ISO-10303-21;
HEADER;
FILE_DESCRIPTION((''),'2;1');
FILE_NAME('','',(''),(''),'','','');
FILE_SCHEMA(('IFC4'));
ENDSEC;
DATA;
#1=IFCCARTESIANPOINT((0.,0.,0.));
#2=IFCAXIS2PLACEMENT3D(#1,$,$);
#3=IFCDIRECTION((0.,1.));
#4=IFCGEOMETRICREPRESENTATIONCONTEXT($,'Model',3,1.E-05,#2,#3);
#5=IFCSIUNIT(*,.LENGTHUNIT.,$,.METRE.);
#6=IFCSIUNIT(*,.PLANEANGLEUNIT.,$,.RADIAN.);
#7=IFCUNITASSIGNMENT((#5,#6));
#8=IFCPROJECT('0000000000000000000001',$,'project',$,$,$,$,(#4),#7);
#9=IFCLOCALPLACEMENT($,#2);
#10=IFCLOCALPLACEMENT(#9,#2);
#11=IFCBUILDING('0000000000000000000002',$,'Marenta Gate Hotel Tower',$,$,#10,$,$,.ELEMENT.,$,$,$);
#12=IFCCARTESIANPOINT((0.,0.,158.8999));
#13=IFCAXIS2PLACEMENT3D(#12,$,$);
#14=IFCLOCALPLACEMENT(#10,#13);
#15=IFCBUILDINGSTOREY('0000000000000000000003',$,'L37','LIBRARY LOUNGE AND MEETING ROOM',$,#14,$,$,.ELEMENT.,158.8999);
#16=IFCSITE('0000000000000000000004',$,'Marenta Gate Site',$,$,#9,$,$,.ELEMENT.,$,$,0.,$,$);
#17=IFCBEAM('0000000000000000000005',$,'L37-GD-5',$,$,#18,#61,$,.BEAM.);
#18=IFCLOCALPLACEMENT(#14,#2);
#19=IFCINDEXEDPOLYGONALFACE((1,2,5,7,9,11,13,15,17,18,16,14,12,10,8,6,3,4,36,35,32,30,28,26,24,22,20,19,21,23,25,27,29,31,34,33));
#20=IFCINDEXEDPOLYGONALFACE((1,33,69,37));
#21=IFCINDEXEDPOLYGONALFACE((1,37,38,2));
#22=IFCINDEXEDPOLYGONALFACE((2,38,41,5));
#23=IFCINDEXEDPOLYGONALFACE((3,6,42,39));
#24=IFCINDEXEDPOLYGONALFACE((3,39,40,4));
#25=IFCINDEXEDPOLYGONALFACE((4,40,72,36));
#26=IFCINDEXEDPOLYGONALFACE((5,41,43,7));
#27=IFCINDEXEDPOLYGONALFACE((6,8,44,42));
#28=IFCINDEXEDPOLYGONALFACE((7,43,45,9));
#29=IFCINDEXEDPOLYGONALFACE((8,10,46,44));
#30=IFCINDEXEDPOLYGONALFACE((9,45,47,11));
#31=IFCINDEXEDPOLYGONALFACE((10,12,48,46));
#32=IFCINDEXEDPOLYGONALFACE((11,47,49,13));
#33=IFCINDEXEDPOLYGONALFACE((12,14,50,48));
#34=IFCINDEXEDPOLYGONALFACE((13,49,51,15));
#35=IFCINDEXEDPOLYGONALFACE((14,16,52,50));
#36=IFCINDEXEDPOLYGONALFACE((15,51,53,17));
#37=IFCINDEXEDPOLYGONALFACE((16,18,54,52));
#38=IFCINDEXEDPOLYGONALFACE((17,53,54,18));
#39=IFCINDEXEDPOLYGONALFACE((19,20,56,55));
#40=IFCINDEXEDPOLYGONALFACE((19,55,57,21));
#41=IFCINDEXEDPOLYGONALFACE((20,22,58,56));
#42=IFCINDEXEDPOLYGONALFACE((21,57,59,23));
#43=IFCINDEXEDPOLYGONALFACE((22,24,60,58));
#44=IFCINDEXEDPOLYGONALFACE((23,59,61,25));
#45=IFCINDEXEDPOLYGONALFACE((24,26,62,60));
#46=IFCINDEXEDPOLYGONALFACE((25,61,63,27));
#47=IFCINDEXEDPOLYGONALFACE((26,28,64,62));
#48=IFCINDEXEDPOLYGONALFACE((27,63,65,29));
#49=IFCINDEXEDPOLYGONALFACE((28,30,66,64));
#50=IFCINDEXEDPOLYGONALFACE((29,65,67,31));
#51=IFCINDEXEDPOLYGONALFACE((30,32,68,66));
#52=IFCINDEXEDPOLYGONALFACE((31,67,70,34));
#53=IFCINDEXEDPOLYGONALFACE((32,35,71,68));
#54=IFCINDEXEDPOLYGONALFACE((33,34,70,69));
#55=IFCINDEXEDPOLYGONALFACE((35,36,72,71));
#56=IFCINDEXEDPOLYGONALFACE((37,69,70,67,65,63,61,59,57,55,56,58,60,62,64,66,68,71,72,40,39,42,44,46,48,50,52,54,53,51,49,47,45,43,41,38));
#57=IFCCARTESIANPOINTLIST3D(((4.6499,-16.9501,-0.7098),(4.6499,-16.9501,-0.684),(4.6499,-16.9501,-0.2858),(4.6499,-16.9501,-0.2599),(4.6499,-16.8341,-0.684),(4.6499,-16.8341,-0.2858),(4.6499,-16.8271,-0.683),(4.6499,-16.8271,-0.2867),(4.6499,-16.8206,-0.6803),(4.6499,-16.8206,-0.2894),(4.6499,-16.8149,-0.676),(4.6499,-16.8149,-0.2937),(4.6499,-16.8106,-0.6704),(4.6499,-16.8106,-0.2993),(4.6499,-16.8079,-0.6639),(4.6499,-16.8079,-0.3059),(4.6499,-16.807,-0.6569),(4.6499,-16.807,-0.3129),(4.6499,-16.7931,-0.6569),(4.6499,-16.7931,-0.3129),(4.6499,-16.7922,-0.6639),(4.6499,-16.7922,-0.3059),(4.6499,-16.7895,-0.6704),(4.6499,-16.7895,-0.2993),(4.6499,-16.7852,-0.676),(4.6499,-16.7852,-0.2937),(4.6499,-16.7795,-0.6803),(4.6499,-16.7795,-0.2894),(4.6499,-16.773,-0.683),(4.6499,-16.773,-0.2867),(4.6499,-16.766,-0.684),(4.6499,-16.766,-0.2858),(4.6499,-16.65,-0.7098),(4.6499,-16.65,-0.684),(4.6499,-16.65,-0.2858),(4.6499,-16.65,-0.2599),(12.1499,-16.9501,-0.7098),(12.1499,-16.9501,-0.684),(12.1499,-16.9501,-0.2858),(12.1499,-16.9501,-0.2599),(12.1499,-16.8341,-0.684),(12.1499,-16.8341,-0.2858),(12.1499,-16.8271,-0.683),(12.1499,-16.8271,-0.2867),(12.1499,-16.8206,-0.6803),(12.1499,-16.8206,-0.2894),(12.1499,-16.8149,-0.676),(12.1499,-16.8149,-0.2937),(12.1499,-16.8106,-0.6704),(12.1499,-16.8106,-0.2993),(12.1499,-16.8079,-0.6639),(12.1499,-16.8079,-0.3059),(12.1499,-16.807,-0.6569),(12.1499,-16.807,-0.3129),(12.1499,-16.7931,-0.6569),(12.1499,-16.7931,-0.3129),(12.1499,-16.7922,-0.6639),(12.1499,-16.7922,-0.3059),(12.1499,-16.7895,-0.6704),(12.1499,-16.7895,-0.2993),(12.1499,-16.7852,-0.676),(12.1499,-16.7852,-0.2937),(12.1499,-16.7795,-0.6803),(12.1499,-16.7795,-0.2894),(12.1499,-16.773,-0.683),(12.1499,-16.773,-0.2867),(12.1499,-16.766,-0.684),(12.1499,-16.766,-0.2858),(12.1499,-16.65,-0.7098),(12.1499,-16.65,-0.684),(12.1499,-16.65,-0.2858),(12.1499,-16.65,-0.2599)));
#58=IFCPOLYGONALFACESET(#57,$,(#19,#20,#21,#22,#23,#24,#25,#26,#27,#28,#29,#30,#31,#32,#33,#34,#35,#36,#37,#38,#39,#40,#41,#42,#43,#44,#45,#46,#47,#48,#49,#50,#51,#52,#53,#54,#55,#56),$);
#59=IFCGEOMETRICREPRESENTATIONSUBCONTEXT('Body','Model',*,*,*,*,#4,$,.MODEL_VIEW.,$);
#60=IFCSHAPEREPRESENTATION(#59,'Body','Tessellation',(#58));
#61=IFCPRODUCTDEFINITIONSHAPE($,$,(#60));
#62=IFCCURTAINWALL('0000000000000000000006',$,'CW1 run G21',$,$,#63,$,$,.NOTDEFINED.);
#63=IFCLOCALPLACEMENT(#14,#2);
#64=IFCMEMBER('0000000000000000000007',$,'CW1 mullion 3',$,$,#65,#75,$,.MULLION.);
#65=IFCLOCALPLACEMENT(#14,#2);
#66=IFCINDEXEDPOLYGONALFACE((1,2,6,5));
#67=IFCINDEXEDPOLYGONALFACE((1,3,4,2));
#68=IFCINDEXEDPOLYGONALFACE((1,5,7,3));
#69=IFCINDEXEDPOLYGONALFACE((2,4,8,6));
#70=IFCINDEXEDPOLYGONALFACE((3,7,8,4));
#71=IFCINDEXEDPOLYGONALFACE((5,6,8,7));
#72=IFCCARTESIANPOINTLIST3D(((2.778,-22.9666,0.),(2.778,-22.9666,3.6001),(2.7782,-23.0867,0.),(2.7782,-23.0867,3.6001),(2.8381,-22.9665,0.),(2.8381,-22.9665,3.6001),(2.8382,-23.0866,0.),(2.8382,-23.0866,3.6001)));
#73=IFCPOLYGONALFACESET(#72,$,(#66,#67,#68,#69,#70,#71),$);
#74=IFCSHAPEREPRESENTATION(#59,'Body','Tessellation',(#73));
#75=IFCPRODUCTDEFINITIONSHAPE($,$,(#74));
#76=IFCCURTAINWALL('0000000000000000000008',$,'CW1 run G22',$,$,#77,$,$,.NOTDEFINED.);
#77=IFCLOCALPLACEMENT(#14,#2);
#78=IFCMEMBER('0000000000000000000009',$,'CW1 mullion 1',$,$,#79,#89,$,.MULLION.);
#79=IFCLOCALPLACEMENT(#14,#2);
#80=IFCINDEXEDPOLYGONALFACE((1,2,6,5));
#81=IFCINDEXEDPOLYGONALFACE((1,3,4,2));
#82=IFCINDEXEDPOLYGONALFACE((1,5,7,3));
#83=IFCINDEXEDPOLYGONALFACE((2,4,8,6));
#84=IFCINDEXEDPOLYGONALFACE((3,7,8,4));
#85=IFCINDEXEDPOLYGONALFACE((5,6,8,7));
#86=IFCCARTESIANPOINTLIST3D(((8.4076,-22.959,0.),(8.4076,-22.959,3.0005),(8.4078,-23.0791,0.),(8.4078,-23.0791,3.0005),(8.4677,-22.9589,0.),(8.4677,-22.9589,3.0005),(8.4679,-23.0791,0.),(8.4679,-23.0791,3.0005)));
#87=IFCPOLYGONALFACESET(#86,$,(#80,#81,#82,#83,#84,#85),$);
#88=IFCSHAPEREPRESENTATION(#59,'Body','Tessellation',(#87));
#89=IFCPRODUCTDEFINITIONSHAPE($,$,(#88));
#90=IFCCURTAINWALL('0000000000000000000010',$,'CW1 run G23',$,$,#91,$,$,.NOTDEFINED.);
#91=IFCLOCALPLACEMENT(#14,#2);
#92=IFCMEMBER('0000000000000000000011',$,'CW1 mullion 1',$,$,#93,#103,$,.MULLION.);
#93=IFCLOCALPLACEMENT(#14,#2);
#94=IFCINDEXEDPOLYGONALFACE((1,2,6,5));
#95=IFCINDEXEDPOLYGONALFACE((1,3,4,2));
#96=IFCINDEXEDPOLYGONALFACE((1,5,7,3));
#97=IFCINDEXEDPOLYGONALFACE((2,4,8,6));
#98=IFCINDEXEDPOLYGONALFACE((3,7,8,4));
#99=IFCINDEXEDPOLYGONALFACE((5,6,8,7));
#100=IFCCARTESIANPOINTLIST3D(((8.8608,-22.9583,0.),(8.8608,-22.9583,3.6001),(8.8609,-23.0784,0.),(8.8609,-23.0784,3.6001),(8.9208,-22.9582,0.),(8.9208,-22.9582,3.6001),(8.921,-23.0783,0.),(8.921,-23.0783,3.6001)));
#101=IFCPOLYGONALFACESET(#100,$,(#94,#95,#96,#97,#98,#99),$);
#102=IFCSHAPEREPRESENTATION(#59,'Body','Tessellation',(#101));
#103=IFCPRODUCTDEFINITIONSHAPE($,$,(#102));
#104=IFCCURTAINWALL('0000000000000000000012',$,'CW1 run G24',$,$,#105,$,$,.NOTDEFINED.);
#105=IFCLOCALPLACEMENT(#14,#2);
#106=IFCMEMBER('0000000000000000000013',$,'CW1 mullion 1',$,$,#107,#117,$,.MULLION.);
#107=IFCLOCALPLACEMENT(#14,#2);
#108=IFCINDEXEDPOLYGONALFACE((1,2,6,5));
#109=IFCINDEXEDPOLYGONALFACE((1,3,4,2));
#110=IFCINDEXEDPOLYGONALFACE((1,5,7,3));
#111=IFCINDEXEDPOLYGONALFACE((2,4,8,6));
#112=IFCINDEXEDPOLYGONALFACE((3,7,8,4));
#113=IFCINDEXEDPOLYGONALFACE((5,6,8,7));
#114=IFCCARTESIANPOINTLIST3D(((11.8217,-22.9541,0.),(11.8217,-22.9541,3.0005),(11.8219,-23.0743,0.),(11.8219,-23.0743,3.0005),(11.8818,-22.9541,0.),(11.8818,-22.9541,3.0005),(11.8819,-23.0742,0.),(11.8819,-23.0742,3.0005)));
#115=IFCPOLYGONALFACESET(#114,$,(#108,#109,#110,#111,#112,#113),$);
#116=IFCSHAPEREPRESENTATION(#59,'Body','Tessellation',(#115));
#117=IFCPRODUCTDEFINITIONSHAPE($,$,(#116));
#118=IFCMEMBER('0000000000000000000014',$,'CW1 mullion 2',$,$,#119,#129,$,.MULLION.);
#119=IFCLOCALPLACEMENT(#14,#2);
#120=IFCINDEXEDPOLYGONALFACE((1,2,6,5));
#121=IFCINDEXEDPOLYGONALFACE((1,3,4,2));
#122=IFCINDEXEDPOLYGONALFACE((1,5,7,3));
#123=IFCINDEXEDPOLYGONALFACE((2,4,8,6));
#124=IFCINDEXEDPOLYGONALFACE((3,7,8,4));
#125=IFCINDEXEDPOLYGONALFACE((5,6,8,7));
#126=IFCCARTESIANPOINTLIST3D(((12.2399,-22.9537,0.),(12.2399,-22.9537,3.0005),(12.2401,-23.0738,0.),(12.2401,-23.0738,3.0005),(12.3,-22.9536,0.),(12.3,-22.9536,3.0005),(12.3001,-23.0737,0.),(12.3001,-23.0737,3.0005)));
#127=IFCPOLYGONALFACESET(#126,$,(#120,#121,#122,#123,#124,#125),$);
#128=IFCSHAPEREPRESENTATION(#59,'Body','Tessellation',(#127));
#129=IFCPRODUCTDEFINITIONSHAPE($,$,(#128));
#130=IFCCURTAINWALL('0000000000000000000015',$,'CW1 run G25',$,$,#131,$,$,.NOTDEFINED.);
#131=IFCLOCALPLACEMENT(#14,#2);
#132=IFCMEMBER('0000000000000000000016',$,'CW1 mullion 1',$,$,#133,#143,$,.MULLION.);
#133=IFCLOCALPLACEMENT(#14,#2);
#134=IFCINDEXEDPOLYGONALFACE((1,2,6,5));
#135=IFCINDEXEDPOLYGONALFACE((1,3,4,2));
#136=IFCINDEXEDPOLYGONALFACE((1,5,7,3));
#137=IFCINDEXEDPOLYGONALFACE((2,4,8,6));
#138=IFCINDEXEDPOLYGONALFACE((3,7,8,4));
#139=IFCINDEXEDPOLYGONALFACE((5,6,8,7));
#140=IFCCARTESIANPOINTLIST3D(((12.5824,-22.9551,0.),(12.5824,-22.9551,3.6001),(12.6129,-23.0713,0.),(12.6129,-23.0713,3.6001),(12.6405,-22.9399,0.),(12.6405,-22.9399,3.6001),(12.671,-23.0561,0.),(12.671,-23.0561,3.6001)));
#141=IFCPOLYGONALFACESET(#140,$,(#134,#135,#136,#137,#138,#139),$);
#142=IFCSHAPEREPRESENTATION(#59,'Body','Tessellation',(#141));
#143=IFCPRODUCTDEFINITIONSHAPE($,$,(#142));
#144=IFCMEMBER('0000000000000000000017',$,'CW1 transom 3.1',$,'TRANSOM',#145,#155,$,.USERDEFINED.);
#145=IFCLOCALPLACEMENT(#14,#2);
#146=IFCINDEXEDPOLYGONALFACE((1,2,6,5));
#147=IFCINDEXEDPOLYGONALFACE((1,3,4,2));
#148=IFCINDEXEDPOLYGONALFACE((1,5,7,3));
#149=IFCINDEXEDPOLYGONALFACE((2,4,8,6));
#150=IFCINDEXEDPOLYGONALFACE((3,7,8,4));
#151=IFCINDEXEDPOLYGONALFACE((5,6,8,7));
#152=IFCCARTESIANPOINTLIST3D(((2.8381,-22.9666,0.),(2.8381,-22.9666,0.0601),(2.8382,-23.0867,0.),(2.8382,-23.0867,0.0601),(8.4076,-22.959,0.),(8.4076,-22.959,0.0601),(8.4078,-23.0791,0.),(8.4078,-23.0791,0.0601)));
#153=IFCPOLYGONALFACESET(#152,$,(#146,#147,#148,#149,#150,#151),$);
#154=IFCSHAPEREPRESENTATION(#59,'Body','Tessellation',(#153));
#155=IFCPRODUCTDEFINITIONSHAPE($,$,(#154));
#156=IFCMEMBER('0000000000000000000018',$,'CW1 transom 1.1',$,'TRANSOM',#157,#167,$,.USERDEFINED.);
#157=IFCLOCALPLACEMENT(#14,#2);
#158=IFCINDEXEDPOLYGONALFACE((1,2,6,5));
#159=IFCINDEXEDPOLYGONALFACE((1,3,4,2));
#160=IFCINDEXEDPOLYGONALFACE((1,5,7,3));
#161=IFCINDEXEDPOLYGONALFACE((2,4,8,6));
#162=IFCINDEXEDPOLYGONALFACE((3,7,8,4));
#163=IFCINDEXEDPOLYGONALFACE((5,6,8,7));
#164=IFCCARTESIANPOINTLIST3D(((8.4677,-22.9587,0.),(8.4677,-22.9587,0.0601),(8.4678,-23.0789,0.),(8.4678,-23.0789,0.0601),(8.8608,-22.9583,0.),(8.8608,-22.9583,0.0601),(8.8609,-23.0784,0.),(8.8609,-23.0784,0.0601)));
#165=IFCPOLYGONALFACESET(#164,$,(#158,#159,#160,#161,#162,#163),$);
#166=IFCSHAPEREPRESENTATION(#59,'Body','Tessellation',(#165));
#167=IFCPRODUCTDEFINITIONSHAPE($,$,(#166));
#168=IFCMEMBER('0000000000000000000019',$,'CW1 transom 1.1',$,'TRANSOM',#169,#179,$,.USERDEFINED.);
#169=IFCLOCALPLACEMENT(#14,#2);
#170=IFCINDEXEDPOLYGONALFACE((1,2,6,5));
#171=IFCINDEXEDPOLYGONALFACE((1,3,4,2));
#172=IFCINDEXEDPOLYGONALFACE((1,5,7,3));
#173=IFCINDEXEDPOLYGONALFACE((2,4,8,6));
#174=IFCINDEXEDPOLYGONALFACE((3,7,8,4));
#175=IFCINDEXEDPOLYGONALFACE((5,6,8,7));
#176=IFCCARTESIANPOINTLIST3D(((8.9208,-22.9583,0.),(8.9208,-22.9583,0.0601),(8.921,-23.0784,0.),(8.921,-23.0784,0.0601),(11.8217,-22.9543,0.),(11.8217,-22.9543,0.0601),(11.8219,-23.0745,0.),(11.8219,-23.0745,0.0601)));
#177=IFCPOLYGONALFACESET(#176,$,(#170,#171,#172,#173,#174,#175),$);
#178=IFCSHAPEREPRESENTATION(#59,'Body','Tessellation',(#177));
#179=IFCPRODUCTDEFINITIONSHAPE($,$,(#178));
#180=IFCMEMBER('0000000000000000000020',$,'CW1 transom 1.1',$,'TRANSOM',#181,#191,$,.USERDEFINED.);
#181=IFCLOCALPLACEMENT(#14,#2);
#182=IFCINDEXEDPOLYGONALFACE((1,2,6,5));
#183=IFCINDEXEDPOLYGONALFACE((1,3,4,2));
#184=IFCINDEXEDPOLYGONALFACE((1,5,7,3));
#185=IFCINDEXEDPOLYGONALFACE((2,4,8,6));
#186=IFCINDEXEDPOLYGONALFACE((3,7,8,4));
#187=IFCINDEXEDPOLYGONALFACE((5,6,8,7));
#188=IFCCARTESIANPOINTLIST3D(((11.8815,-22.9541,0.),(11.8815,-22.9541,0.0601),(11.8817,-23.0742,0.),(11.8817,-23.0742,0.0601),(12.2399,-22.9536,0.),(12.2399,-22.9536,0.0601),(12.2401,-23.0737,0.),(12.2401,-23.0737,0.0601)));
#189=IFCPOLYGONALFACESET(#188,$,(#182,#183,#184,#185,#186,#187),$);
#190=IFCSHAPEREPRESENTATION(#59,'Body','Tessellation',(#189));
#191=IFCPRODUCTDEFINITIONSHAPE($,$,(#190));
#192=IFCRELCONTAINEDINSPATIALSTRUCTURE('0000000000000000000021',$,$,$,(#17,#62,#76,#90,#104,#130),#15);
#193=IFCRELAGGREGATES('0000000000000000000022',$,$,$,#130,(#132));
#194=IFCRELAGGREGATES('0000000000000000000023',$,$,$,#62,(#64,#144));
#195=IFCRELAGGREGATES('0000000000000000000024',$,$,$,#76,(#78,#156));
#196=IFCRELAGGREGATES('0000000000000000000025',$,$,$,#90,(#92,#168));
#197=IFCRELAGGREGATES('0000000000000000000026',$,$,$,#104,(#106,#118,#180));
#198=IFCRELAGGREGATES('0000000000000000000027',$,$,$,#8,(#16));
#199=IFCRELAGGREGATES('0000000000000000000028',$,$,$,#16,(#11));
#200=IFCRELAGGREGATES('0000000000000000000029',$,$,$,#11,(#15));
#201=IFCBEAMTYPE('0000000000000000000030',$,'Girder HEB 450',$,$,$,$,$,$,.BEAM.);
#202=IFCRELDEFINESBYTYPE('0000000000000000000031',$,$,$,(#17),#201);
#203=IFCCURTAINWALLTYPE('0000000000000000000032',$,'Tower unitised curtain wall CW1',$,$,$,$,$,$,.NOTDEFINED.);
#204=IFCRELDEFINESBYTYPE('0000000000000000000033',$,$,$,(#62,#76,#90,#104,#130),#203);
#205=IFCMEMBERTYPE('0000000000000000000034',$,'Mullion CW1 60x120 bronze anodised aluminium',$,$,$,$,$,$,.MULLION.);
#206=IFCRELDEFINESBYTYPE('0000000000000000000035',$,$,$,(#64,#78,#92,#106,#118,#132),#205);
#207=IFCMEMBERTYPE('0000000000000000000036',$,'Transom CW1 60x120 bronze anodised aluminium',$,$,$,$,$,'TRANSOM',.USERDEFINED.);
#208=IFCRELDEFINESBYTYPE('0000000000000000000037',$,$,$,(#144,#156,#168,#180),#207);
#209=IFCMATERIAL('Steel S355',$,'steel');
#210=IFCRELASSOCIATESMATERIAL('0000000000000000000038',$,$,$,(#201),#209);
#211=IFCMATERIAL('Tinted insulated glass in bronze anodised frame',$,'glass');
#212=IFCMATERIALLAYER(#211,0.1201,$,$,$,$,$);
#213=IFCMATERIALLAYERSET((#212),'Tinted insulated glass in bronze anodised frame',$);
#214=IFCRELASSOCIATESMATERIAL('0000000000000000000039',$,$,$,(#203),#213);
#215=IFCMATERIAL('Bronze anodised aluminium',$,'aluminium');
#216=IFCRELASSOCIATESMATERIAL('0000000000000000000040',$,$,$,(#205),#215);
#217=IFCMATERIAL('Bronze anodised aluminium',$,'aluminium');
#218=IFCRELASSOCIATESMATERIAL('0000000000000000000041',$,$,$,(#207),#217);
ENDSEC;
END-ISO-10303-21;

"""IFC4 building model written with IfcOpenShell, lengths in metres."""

from ifc_helpers import new_model, si_unit, direction, frame, origin, origin_2d, place, context, subcontext, project, spatial, rectangle, i_section, extrude, material, layer, layer_set, material_profile, profile_set, type_object, element, aggregate, save


model = new_model("IFC4")

# Units and contexts
model_context = context("Model", 3, precision=1e-05, world=origin(), true_north=direction((0.0, 1.0)))
body_context = subcontext(model_context, "Body", "Model", "MODEL_VIEW")
ifc_project = project(units=[si_unit("LENGTHUNIT", "METRE"), si_unit("PLANEANGLEUNIT", "RADIAN")], contexts=[model_context])

# Site, building, storey
site_placement = place(None, origin())
site = spatial("IfcSite", under=ifc_project, at=site_placement, Name="Marenta Gate Site", CompositionType="ELEMENT", RefElevation=0.0)
building_placement = place(site_placement, origin())
building = spatial("IfcBuilding", under=site, at=building_placement, Name="Marenta Gate Hotel Tower", CompositionType="ELEMENT")
storey_placement = place(building_placement, frame((0.0, 0.0, 158.8999)))
storey = spatial("IfcBuildingStorey", under=building, at=storey_placement, Name="L37", Description="LIBRARY LOUNGE AND MEETING ROOM", CompositionType="ELEMENT", Elevation=158.8999)

# Beam
ifc_material_1 = material(Name="Steel S355", Category="steel")
ifc_material_profile_1 = material_profile(ifc_material_1, i_section(OverallWidth=0.3, OverallDepth=0.45, WebThickness=0.0139, FlangeThickness=0.0259, FilletRadius=0.0271, at=origin_2d()), Name="HEB 450")
ifc_profile_set_1 = profile_set([ifc_material_profile_1], Name="Steel S355")
beam_type_1 = type_object("IfcBeamType", Name="Girder HEB 450", PredefinedType="BEAM", material=ifc_profile_set_1)
beam_1_placement = place(storey_placement, frame((4.6499, -16.8, -0.4849), z_axis=(1.0, 0.0, 0.0), x_axis=(0.0, 1.0, 0.0)))
element("IfcBeam", 1, at=beam_1_placement, inside=storey, type_object=beam_type_1, Name="L37-GD-5", PredefinedType="BEAM", context=body_context, shape_type="SweptSolid", body=[
    extrude(i_section(OverallWidth=0.3, OverallDepth=0.45, WebThickness=0.0139, FlangeThickness=0.0259, FilletRadius=0.0271, at=origin_2d()), origin(), (0.0, 0.0, 1.0), 7.5),
])

# Curtain walls, members
ifc_material_2 = material(Name="Tinted insulated glass in bronze anodised frame", Category="glass")
ifc_layer_1 = layer(ifc_material_2, 0.1201)
ifc_layer_set_1 = layer_set([ifc_layer_1], Name="Tinted insulated glass in bronze anodised frame")
curtain_wall_type = type_object("IfcCurtainWallType", Name="Tower unitised curtain wall CW1", PredefinedType="NOTDEFINED", material=ifc_layer_set_1)
curtain_wall_1_placement = place(storey_placement, origin())
curtain_wall_1 = element("IfcCurtainWall", 2, at=curtain_wall_1_placement, inside=storey, type_object=curtain_wall_type, Name="CW1 run G21", PredefinedType="NOTDEFINED")
ifc_material_3 = material(Name="Bronze anodised aluminium", Category="aluminium")
ifc_material_profile_2 = material_profile(ifc_material_3, rectangle(XDim=0.1201, YDim=0.0601, at=origin_2d()), Name="Mullion CW1 60x120 bronze anodised aluminium")
ifc_profile_set_2 = profile_set([ifc_material_profile_2], Name="Bronze anodised aluminium")
member_type_1 = type_object("IfcMemberType", Name="Mullion CW1 60x120 bronze anodised aluminium", PredefinedType="MULLION", material=ifc_profile_set_2)
member_1_placement = place(storey_placement, frame((2.8081, -23.0266, 0.0), z_axis=(0.0, 0.0, 1.0), x_axis=(-0.001363, 0.999999, 0.0)))
member_1 = element("IfcMember", 3, at=member_1_placement, type_object=member_type_1, Name="CW1 mullion 3", PredefinedType="MULLION", context=body_context, shape_type="SweptSolid", body=[
    extrude(rectangle(XDim=0.1201, YDim=0.0601, at=origin_2d()), origin(), (0.0, 0.0, 1.0), 3.6001),
])
curtain_wall_2_placement = place(storey_placement, origin())
curtain_wall_2 = element("IfcCurtainWall", 4, at=curtain_wall_2_placement, inside=storey, type_object=curtain_wall_type, Name="CW1 run G22", PredefinedType="NOTDEFINED")
member_2_placement = place(storey_placement, frame((8.4377, -23.019, 0.0), z_axis=(0.0, 0.0, 1.0), x_axis=(-0.001325, 0.999999, 0.0)))
member_2 = element("IfcMember", 5, at=member_2_placement, type_object=member_type_1, Name="CW1 mullion 1", PredefinedType="MULLION", context=body_context, shape_type="SweptSolid", body=[
    extrude(rectangle(XDim=0.1201, YDim=0.0601, at=origin_2d()), origin(), (0.0, 0.0, 1.0), 3.0005),
])
curtain_wall_3_placement = place(storey_placement, origin())
curtain_wall_3 = element("IfcCurtainWall", 6, at=curtain_wall_3_placement, inside=storey, type_object=curtain_wall_type, Name="CW1 run G23", PredefinedType="NOTDEFINED")
member_3_placement = place(storey_placement, frame((8.8909, -23.0183, 0.0), z_axis=(0.0, 0.0, 1.0), x_axis=(-0.001385, 0.999999, 0.0)))
member_3 = element("IfcMember", 7, at=member_3_placement, type_object=member_type_1, Name="CW1 mullion 1", PredefinedType="MULLION", context=body_context, shape_type="SweptSolid", body=[
    extrude(rectangle(XDim=0.1201, YDim=0.0601, at=origin_2d()), origin(), (0.0, 0.0, 1.0), 3.6001),
])

# Curtain wall, members
curtain_wall_4_placement = place(storey_placement, origin())
curtain_wall_4 = element("IfcCurtainWall", 8, at=curtain_wall_4_placement, inside=storey, type_object=curtain_wall_type, Name="CW1 run G24", PredefinedType="NOTDEFINED")
member_4_placement = place(storey_placement, frame((11.8518, -23.0142, 0.0), z_axis=(0.0, 0.0, 1.0), x_axis=(-0.001255, 0.999999, 0.0)))
member_4 = element("IfcMember", 9, at=member_4_placement, type_object=member_type_1, Name="CW1 mullion 1", PredefinedType="MULLION", context=body_context, shape_type="SweptSolid", body=[
    extrude(rectangle(XDim=0.1201, YDim=0.0601, at=origin_2d()), origin(), (0.0, 0.0, 1.0), 3.0005),
])
member_5_placement = place(storey_placement, frame((12.27, -23.0137, 0.0), z_axis=(0.0, 0.0, 1.0), x_axis=(-0.001255, 0.999999, 0.0)))
member_5 = element("IfcMember", 10, at=member_5_placement, type_object=member_type_1, Name="CW1 mullion 2", PredefinedType="MULLION", context=body_context, shape_type="SweptSolid", body=[
    extrude(rectangle(XDim=0.1201, YDim=0.0601, at=origin_2d()), origin(), (0.0, 0.0, 1.0), 3.0005),
])

# Curtain wall, member
curtain_wall_5_placement = place(storey_placement, origin())
curtain_wall_5 = element("IfcCurtainWall", 11, at=curtain_wall_5_placement, inside=storey, type_object=curtain_wall_type, Name="CW1 run G25", PredefinedType="NOTDEFINED")
member_6_placement = place(storey_placement, frame((12.6267, -23.0056, 0.0), z_axis=(0.0, 0.0, 1.0), x_axis=(-0.253374, 0.967368, 0.0)))
member_6 = element("IfcMember", 12, at=member_6_placement, type_object=member_type_1, Name="CW1 mullion 1", PredefinedType="MULLION", context=body_context, shape_type="SweptSolid", body=[
    extrude(rectangle(XDim=0.1201, YDim=0.0601, at=origin_2d()), origin(), (0.0, 0.0, 1.0), 3.6001),
])

# Members
ifc_material_4 = material(Name="Bronze anodised aluminium", Category="aluminium")
ifc_material_profile_3 = material_profile(ifc_material_4, rectangle(XDim=0.1201, YDim=0.0601, at=origin_2d()), Name="Transom CW1 60x120 bronze anodised aluminium")
ifc_profile_set_3 = profile_set([ifc_material_profile_3], Name="Bronze anodised aluminium")
member_type_2 = type_object("IfcMemberType", Name="Transom CW1 60x120 bronze anodised aluminium", ElementType="TRANSOM", PredefinedType="USERDEFINED", material=ifc_profile_set_3)
member_7_placement = place(storey_placement, frame((2.8381, -23.0266, 0.03), z_axis=(0.999999, 0.001359, 0.0), x_axis=(-0.001359, 0.999999, 0.0)))
member_7 = element("IfcMember", 13, at=member_7_placement, type_object=member_type_2, Name="CW1 transom 3.1", ObjectType="TRANSOM", PredefinedType="USERDEFINED", context=body_context, shape_type="SweptSolid", body=[
    extrude(rectangle(XDim=0.1201, YDim=0.0601, at=origin_2d()), origin(), (0.0, 0.0, 1.0), 5.5696),
])
member_8_placement = place(storey_placement, frame((8.4678, -23.0188, 0.03), z_axis=(0.999999, 0.001242, 0.0), x_axis=(-0.001242, 0.999999, 0.0)))
member_8 = element("IfcMember", 14, at=member_8_placement, type_object=member_type_2, Name="CW1 transom 1.1", ObjectType="TRANSOM", PredefinedType="USERDEFINED", context=body_context, shape_type="SweptSolid", body=[
    extrude(rectangle(XDim=0.1201, YDim=0.0601, at=origin_2d()), origin(), (0.0, 0.0, 1.0), 0.3931),
])
member_9_placement = place(storey_placement, frame((8.9209, -23.0183, 0.03), z_axis=(0.999999, 0.001347, 0.0), x_axis=(-0.001347, 0.999999, 0.0)))
member_9 = element("IfcMember", 15, at=member_9_placement, type_object=member_type_2, Name="CW1 transom 1.1", ObjectType="TRANSOM", PredefinedType="USERDEFINED", context=body_context, shape_type="SweptSolid", body=[
    extrude(rectangle(XDim=0.1201, YDim=0.0601, at=origin_2d()), origin(), (0.0, 0.0, 1.0), 2.9009),
])
member_10_placement = place(storey_placement, frame((11.8816, -23.0142, 0.03), z_axis=(0.999999, 0.001362, 0.0), x_axis=(-0.001362, 0.999999, 0.0)))
member_10 = element("IfcMember", 16, at=member_10_placement, type_object=member_type_2, Name="CW1 transom 1.1", ObjectType="TRANSOM", PredefinedType="USERDEFINED", context=body_context, shape_type="SweptSolid", body=[
    extrude(rectangle(XDim=0.1201, YDim=0.0601, at=origin_2d()), origin(), (0.0, 0.0, 1.0), 0.3584),
])
aggregate(curtain_wall_5, [member_6])

aggregate(curtain_wall_1, [member_1, member_7])
aggregate(curtain_wall_2, [member_2, member_8])
aggregate(curtain_wall_3, [member_3, member_9])
aggregate(curtain_wall_4, [member_4, member_5, member_10])

save(model, "model.ifc")
